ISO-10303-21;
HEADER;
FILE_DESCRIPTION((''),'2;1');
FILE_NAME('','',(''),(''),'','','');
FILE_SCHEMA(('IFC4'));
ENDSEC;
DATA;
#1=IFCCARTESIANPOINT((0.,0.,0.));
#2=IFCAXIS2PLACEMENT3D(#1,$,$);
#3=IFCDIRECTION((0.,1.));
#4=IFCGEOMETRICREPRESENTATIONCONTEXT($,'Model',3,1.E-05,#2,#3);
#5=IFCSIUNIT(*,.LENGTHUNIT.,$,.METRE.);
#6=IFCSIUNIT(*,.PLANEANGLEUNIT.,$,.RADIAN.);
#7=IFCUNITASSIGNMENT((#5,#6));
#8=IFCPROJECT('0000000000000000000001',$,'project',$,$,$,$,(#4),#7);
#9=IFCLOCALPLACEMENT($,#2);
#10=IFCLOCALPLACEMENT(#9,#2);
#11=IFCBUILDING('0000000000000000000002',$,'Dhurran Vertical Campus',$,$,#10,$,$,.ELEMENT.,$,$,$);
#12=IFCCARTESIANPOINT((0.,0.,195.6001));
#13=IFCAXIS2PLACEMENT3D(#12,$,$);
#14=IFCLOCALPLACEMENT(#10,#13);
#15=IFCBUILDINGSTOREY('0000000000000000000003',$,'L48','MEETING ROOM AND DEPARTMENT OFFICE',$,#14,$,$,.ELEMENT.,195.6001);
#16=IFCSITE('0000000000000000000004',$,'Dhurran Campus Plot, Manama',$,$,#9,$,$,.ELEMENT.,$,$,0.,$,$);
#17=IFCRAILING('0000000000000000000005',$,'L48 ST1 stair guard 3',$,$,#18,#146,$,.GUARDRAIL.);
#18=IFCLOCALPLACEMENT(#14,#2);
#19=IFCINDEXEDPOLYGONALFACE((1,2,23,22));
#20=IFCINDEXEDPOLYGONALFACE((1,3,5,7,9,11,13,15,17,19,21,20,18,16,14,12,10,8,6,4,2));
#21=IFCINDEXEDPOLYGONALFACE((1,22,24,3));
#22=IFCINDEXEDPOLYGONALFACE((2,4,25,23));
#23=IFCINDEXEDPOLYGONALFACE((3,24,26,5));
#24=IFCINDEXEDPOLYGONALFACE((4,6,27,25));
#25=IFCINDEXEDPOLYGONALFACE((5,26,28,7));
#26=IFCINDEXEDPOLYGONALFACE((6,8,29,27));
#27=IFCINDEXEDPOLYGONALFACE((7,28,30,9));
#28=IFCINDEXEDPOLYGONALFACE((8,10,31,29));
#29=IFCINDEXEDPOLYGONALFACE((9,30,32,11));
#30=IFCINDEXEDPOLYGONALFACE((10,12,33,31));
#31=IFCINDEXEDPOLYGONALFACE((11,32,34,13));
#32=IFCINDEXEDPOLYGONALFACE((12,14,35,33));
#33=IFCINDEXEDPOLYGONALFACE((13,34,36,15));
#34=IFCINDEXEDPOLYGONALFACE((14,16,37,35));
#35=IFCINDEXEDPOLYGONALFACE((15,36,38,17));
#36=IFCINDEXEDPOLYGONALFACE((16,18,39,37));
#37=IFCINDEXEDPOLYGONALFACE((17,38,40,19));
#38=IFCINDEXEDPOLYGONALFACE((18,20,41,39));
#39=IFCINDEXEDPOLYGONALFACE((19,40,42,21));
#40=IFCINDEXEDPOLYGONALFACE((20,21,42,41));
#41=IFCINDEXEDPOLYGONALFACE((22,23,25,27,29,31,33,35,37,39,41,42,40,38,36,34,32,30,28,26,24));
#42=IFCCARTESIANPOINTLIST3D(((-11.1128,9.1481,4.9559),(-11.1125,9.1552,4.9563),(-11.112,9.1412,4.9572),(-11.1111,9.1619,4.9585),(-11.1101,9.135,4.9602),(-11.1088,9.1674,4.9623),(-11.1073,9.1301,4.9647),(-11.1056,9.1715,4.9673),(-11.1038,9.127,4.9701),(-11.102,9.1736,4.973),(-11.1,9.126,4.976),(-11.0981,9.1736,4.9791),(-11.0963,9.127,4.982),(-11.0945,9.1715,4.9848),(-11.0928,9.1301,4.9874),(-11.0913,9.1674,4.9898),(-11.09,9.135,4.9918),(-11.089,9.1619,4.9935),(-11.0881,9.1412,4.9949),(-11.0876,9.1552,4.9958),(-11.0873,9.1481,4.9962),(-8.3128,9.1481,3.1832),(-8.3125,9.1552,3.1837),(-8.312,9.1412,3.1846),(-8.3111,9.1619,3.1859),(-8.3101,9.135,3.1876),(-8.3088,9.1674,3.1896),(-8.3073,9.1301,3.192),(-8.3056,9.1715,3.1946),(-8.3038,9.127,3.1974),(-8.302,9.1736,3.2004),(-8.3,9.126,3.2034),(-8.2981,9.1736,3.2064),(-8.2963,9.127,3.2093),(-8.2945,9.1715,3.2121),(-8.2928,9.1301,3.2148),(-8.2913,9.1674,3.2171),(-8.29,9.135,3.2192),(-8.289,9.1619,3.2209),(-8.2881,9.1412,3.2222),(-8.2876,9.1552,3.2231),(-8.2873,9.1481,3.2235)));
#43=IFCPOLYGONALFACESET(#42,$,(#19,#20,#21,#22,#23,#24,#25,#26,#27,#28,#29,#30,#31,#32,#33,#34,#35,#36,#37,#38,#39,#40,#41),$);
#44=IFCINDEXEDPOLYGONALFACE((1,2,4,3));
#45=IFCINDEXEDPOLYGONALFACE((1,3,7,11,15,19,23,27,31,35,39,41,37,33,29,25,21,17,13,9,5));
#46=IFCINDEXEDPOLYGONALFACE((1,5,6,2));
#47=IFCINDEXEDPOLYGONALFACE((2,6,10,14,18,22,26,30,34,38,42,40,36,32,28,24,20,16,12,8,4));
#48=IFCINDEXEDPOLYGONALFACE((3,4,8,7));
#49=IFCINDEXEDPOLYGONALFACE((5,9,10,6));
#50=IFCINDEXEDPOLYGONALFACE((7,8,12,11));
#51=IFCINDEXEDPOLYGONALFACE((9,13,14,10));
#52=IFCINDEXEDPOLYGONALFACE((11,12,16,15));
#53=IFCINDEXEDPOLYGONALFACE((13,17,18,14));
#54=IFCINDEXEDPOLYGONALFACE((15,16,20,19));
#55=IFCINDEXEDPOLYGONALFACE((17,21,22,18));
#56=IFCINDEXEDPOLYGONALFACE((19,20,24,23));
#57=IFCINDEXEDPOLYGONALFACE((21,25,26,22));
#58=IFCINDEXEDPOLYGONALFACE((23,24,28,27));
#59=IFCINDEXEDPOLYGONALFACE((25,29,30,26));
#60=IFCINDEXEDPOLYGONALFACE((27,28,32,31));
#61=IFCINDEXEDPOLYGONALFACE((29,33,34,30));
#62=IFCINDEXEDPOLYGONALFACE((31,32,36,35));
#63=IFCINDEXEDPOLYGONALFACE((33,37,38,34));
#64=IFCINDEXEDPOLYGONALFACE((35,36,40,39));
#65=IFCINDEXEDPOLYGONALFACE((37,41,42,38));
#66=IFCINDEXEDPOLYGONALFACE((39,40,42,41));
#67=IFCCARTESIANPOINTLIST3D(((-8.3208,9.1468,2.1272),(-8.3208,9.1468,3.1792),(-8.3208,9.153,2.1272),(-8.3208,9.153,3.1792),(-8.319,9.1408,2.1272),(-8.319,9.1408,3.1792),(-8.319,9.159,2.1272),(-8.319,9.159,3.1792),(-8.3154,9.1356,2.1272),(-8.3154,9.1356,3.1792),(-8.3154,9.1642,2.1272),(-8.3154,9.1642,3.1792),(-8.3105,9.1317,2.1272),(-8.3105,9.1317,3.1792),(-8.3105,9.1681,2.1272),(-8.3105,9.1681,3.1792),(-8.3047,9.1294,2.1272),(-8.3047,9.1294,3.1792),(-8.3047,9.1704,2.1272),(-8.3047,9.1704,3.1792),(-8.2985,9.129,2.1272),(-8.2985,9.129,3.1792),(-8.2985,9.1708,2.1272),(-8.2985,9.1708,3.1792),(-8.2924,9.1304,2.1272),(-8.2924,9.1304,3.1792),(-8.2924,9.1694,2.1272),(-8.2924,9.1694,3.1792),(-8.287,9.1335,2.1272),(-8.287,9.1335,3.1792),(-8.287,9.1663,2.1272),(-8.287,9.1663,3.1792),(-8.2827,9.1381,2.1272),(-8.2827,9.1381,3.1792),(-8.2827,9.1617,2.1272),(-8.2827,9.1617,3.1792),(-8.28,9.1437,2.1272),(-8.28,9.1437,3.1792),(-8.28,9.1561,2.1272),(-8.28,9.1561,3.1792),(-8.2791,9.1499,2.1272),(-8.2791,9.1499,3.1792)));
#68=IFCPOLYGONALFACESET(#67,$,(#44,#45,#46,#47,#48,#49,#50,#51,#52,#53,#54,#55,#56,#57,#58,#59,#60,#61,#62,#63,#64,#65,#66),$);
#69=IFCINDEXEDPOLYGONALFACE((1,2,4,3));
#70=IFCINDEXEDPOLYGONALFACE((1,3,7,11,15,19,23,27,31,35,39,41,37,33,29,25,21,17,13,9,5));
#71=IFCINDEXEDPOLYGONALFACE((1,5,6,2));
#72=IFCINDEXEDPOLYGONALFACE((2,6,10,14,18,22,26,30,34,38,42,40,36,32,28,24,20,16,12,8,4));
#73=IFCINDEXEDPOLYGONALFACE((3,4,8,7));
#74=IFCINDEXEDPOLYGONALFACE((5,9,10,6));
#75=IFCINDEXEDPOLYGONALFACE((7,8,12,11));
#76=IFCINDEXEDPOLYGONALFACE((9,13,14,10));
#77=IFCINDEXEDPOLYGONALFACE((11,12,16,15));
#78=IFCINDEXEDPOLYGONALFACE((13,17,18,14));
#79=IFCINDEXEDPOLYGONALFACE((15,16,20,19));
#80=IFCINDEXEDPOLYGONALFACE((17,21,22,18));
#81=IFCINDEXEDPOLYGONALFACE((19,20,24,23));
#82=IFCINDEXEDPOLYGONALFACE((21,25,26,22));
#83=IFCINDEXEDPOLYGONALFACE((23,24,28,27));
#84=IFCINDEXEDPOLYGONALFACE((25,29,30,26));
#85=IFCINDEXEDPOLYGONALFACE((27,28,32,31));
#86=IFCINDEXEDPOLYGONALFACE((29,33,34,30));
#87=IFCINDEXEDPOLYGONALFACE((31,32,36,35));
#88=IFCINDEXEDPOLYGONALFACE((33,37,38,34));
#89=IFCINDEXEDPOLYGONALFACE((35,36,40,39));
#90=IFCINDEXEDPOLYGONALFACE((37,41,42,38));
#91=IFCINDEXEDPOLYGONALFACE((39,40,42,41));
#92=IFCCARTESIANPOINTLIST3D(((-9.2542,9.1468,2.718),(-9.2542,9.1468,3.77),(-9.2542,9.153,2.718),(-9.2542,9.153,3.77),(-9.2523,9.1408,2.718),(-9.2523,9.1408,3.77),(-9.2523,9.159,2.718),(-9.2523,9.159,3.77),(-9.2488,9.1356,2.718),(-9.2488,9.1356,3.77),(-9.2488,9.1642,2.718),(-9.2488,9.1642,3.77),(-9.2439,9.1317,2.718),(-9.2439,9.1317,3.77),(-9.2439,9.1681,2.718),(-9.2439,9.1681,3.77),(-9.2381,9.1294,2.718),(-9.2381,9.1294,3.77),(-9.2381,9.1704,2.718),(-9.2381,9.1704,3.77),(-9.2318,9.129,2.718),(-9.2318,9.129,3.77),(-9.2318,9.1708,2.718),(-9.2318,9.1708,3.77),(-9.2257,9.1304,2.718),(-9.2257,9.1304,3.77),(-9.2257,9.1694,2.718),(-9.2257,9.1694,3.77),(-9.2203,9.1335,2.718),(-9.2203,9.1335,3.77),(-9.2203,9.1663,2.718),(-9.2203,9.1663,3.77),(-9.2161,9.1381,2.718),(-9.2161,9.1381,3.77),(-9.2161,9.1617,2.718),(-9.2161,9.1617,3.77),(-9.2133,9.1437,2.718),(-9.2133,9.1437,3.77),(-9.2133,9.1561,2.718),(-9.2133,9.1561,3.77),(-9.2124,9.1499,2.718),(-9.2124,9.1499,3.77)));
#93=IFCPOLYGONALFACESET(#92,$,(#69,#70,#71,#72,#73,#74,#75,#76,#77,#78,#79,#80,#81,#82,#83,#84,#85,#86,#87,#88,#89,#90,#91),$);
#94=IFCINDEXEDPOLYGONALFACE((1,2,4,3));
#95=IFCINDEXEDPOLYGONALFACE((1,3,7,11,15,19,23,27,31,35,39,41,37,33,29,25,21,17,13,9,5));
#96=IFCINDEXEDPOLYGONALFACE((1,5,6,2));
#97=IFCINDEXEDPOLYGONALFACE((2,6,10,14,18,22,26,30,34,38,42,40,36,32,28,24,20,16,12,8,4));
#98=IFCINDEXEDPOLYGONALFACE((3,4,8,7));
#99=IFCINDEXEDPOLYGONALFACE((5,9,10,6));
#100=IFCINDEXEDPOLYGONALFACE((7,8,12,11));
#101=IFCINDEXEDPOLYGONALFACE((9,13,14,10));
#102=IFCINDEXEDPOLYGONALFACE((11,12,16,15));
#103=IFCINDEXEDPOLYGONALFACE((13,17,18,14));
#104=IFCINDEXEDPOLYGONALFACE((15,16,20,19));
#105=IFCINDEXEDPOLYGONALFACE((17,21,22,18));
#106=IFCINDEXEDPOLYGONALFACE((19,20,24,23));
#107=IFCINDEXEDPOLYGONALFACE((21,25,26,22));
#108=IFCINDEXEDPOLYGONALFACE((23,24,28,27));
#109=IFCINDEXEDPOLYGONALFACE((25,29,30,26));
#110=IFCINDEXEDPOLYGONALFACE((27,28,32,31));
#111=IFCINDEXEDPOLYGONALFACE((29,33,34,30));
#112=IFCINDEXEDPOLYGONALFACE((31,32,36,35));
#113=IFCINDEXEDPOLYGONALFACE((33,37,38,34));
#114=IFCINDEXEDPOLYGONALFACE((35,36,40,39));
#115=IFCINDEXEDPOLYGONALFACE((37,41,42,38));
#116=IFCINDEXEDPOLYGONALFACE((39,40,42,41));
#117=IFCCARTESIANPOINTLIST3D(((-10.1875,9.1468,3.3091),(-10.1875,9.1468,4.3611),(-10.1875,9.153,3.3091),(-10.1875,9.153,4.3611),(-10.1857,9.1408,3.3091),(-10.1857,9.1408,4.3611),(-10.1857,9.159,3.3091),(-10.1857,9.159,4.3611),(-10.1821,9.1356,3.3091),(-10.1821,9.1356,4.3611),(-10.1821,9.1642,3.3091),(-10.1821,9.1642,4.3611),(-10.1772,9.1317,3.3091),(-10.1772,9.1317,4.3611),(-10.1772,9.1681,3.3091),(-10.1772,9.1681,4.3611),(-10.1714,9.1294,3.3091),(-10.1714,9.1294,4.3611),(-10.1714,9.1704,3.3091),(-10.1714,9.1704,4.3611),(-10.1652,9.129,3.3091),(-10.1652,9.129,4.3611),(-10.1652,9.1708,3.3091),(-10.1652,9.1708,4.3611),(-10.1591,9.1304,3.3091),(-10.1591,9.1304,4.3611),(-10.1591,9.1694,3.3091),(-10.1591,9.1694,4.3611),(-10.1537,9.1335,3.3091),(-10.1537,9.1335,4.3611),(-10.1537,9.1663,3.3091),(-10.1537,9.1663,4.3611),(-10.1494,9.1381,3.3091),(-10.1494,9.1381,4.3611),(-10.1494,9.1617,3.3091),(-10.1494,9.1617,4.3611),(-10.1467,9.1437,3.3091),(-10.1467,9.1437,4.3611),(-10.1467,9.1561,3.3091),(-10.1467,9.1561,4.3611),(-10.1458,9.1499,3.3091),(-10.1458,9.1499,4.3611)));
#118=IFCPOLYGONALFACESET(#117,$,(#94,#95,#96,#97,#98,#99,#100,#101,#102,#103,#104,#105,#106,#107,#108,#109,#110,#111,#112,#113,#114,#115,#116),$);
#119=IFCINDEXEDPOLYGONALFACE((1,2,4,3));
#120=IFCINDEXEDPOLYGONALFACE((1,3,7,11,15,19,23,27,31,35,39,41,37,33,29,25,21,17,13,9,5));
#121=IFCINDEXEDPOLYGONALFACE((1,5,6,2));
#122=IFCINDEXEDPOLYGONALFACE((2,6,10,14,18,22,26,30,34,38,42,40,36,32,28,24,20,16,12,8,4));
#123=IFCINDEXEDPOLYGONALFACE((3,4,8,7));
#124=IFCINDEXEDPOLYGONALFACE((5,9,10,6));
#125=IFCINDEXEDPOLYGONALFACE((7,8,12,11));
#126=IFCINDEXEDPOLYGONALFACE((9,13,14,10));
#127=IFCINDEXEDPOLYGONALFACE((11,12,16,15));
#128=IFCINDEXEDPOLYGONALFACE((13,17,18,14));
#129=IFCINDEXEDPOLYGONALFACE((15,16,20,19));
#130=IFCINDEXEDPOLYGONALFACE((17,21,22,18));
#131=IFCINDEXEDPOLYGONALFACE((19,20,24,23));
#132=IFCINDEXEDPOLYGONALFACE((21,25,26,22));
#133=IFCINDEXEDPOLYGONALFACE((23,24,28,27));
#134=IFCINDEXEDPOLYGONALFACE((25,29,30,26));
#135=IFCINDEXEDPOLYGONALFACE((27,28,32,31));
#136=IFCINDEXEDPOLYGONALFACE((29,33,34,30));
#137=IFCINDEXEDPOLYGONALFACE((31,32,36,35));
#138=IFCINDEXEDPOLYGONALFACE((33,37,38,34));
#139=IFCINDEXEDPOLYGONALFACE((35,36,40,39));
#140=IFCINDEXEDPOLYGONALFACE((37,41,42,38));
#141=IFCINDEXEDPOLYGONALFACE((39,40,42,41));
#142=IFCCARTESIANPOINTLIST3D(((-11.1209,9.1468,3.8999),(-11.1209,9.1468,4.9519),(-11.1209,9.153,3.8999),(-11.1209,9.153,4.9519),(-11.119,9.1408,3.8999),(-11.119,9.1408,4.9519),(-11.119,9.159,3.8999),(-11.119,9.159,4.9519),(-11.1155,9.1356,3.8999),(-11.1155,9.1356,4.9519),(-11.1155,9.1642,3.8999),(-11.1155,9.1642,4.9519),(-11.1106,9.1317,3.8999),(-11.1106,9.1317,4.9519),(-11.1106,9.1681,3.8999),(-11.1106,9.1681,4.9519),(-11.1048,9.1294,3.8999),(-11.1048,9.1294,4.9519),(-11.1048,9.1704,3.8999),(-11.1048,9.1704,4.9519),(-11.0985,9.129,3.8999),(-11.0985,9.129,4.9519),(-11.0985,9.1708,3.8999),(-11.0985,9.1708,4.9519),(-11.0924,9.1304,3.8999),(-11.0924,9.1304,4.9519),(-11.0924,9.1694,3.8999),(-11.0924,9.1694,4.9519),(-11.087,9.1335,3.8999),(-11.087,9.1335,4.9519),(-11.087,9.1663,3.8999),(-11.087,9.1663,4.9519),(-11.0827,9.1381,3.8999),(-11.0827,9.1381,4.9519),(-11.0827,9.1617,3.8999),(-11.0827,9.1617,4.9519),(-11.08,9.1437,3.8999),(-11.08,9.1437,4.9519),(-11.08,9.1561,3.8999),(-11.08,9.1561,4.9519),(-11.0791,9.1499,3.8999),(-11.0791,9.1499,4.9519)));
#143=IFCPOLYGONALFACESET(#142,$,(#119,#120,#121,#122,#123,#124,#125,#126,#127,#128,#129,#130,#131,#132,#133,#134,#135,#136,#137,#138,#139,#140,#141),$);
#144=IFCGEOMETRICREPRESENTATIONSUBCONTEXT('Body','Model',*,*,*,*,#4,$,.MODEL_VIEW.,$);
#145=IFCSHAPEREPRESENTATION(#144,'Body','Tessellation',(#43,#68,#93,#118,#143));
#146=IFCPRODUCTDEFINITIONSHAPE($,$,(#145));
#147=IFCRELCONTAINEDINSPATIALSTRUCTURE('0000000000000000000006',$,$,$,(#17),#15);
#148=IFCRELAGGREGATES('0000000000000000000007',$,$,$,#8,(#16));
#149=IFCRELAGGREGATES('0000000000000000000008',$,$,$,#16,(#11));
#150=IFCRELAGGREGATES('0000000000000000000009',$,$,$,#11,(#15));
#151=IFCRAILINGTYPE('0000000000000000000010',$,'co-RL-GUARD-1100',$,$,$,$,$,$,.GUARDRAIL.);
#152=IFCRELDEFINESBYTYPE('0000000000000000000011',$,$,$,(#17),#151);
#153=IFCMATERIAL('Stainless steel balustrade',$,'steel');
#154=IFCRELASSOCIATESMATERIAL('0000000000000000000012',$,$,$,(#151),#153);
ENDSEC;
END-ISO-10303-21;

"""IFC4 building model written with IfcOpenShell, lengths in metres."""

from ifc_helpers import new_model, si_unit, direction, frame, origin, origin_2d, place, context, subcontext, project, spatial, circle, extrude, material, type_object, element, save


model = new_model("IFC4")

# Units and contexts
model_context = context("Model", 3, precision=1e-05, world=origin(), true_north=direction((0.0, 1.0)))
body_context = subcontext(model_context, "Body", "Model", "MODEL_VIEW")
ifc_project = project(units=[si_unit("LENGTHUNIT", "METRE"), si_unit("PLANEANGLEUNIT", "RADIAN")], contexts=[model_context])

# Site, building, storey
site_placement = place(None, origin())
site = spatial("IfcSite", under=ifc_project, at=site_placement, Name="Dhurran Campus Plot, Manama", CompositionType="ELEMENT", RefElevation=0.0)
building_placement = place(site_placement, origin())
building = spatial("IfcBuilding", under=site, at=building_placement, Name="Dhurran Vertical Campus", CompositionType="ELEMENT")
storey_placement = place(building_placement, frame((0.0, 0.0, 195.6001)))
storey = spatial("IfcBuildingStorey", under=building, at=storey_placement, Name="L48", Description="MEETING ROOM AND DEPARTMENT OFFICE", CompositionType="ELEMENT", Elevation=195.6001)

# Railing
ifc_material_1 = material(Name="Stainless steel balustrade", Category="steel")
railing_type_1 = type_object("IfcRailingType", Name="co-RL-GUARD-1100", PredefinedType="GUARDRAIL", material=ifc_material_1)
railing_1_placement = place(storey_placement, frame((-8.3, 9.1499, 2.1272)))
element("IfcRailing", 1, at=railing_1_placement, inside=storey, type_object=railing_type_1, Name="L48 ST1 stair guard 3", PredefinedType="GUARDRAIL", context=body_context, shape_type="SweptSolid", body=[
    extrude(circle(Radius=0.0239, at=origin_2d()), frame((0.0, 0.0, 1.0762), z_axis=(-0.844909, 0.0, 0.53491), x_axis=(0.0, -1.0, 0.0)), (0.0, 0.0, 1.0), 3.314),
    extrude(circle(Radius=0.021, at=origin_2d()), origin(), (0.0, 0.0, 1.0), 1.052),
    extrude(circle(Radius=0.021, at=origin_2d()), frame((-0.9333, 0.0, 0.5908)), (0.0, 0.0, 1.0), 1.052),
    extrude(circle(Radius=0.021, at=origin_2d()), frame((-1.8667, 0.0, 1.1819)), (0.0, 0.0, 1.0), 1.052),
    extrude(circle(Radius=0.021, at=origin_2d()), frame((-2.8, 0.0, 1.7727)), (0.0, 0.0, 1.0), 1.052),
])

save(model, "model.ifc")
